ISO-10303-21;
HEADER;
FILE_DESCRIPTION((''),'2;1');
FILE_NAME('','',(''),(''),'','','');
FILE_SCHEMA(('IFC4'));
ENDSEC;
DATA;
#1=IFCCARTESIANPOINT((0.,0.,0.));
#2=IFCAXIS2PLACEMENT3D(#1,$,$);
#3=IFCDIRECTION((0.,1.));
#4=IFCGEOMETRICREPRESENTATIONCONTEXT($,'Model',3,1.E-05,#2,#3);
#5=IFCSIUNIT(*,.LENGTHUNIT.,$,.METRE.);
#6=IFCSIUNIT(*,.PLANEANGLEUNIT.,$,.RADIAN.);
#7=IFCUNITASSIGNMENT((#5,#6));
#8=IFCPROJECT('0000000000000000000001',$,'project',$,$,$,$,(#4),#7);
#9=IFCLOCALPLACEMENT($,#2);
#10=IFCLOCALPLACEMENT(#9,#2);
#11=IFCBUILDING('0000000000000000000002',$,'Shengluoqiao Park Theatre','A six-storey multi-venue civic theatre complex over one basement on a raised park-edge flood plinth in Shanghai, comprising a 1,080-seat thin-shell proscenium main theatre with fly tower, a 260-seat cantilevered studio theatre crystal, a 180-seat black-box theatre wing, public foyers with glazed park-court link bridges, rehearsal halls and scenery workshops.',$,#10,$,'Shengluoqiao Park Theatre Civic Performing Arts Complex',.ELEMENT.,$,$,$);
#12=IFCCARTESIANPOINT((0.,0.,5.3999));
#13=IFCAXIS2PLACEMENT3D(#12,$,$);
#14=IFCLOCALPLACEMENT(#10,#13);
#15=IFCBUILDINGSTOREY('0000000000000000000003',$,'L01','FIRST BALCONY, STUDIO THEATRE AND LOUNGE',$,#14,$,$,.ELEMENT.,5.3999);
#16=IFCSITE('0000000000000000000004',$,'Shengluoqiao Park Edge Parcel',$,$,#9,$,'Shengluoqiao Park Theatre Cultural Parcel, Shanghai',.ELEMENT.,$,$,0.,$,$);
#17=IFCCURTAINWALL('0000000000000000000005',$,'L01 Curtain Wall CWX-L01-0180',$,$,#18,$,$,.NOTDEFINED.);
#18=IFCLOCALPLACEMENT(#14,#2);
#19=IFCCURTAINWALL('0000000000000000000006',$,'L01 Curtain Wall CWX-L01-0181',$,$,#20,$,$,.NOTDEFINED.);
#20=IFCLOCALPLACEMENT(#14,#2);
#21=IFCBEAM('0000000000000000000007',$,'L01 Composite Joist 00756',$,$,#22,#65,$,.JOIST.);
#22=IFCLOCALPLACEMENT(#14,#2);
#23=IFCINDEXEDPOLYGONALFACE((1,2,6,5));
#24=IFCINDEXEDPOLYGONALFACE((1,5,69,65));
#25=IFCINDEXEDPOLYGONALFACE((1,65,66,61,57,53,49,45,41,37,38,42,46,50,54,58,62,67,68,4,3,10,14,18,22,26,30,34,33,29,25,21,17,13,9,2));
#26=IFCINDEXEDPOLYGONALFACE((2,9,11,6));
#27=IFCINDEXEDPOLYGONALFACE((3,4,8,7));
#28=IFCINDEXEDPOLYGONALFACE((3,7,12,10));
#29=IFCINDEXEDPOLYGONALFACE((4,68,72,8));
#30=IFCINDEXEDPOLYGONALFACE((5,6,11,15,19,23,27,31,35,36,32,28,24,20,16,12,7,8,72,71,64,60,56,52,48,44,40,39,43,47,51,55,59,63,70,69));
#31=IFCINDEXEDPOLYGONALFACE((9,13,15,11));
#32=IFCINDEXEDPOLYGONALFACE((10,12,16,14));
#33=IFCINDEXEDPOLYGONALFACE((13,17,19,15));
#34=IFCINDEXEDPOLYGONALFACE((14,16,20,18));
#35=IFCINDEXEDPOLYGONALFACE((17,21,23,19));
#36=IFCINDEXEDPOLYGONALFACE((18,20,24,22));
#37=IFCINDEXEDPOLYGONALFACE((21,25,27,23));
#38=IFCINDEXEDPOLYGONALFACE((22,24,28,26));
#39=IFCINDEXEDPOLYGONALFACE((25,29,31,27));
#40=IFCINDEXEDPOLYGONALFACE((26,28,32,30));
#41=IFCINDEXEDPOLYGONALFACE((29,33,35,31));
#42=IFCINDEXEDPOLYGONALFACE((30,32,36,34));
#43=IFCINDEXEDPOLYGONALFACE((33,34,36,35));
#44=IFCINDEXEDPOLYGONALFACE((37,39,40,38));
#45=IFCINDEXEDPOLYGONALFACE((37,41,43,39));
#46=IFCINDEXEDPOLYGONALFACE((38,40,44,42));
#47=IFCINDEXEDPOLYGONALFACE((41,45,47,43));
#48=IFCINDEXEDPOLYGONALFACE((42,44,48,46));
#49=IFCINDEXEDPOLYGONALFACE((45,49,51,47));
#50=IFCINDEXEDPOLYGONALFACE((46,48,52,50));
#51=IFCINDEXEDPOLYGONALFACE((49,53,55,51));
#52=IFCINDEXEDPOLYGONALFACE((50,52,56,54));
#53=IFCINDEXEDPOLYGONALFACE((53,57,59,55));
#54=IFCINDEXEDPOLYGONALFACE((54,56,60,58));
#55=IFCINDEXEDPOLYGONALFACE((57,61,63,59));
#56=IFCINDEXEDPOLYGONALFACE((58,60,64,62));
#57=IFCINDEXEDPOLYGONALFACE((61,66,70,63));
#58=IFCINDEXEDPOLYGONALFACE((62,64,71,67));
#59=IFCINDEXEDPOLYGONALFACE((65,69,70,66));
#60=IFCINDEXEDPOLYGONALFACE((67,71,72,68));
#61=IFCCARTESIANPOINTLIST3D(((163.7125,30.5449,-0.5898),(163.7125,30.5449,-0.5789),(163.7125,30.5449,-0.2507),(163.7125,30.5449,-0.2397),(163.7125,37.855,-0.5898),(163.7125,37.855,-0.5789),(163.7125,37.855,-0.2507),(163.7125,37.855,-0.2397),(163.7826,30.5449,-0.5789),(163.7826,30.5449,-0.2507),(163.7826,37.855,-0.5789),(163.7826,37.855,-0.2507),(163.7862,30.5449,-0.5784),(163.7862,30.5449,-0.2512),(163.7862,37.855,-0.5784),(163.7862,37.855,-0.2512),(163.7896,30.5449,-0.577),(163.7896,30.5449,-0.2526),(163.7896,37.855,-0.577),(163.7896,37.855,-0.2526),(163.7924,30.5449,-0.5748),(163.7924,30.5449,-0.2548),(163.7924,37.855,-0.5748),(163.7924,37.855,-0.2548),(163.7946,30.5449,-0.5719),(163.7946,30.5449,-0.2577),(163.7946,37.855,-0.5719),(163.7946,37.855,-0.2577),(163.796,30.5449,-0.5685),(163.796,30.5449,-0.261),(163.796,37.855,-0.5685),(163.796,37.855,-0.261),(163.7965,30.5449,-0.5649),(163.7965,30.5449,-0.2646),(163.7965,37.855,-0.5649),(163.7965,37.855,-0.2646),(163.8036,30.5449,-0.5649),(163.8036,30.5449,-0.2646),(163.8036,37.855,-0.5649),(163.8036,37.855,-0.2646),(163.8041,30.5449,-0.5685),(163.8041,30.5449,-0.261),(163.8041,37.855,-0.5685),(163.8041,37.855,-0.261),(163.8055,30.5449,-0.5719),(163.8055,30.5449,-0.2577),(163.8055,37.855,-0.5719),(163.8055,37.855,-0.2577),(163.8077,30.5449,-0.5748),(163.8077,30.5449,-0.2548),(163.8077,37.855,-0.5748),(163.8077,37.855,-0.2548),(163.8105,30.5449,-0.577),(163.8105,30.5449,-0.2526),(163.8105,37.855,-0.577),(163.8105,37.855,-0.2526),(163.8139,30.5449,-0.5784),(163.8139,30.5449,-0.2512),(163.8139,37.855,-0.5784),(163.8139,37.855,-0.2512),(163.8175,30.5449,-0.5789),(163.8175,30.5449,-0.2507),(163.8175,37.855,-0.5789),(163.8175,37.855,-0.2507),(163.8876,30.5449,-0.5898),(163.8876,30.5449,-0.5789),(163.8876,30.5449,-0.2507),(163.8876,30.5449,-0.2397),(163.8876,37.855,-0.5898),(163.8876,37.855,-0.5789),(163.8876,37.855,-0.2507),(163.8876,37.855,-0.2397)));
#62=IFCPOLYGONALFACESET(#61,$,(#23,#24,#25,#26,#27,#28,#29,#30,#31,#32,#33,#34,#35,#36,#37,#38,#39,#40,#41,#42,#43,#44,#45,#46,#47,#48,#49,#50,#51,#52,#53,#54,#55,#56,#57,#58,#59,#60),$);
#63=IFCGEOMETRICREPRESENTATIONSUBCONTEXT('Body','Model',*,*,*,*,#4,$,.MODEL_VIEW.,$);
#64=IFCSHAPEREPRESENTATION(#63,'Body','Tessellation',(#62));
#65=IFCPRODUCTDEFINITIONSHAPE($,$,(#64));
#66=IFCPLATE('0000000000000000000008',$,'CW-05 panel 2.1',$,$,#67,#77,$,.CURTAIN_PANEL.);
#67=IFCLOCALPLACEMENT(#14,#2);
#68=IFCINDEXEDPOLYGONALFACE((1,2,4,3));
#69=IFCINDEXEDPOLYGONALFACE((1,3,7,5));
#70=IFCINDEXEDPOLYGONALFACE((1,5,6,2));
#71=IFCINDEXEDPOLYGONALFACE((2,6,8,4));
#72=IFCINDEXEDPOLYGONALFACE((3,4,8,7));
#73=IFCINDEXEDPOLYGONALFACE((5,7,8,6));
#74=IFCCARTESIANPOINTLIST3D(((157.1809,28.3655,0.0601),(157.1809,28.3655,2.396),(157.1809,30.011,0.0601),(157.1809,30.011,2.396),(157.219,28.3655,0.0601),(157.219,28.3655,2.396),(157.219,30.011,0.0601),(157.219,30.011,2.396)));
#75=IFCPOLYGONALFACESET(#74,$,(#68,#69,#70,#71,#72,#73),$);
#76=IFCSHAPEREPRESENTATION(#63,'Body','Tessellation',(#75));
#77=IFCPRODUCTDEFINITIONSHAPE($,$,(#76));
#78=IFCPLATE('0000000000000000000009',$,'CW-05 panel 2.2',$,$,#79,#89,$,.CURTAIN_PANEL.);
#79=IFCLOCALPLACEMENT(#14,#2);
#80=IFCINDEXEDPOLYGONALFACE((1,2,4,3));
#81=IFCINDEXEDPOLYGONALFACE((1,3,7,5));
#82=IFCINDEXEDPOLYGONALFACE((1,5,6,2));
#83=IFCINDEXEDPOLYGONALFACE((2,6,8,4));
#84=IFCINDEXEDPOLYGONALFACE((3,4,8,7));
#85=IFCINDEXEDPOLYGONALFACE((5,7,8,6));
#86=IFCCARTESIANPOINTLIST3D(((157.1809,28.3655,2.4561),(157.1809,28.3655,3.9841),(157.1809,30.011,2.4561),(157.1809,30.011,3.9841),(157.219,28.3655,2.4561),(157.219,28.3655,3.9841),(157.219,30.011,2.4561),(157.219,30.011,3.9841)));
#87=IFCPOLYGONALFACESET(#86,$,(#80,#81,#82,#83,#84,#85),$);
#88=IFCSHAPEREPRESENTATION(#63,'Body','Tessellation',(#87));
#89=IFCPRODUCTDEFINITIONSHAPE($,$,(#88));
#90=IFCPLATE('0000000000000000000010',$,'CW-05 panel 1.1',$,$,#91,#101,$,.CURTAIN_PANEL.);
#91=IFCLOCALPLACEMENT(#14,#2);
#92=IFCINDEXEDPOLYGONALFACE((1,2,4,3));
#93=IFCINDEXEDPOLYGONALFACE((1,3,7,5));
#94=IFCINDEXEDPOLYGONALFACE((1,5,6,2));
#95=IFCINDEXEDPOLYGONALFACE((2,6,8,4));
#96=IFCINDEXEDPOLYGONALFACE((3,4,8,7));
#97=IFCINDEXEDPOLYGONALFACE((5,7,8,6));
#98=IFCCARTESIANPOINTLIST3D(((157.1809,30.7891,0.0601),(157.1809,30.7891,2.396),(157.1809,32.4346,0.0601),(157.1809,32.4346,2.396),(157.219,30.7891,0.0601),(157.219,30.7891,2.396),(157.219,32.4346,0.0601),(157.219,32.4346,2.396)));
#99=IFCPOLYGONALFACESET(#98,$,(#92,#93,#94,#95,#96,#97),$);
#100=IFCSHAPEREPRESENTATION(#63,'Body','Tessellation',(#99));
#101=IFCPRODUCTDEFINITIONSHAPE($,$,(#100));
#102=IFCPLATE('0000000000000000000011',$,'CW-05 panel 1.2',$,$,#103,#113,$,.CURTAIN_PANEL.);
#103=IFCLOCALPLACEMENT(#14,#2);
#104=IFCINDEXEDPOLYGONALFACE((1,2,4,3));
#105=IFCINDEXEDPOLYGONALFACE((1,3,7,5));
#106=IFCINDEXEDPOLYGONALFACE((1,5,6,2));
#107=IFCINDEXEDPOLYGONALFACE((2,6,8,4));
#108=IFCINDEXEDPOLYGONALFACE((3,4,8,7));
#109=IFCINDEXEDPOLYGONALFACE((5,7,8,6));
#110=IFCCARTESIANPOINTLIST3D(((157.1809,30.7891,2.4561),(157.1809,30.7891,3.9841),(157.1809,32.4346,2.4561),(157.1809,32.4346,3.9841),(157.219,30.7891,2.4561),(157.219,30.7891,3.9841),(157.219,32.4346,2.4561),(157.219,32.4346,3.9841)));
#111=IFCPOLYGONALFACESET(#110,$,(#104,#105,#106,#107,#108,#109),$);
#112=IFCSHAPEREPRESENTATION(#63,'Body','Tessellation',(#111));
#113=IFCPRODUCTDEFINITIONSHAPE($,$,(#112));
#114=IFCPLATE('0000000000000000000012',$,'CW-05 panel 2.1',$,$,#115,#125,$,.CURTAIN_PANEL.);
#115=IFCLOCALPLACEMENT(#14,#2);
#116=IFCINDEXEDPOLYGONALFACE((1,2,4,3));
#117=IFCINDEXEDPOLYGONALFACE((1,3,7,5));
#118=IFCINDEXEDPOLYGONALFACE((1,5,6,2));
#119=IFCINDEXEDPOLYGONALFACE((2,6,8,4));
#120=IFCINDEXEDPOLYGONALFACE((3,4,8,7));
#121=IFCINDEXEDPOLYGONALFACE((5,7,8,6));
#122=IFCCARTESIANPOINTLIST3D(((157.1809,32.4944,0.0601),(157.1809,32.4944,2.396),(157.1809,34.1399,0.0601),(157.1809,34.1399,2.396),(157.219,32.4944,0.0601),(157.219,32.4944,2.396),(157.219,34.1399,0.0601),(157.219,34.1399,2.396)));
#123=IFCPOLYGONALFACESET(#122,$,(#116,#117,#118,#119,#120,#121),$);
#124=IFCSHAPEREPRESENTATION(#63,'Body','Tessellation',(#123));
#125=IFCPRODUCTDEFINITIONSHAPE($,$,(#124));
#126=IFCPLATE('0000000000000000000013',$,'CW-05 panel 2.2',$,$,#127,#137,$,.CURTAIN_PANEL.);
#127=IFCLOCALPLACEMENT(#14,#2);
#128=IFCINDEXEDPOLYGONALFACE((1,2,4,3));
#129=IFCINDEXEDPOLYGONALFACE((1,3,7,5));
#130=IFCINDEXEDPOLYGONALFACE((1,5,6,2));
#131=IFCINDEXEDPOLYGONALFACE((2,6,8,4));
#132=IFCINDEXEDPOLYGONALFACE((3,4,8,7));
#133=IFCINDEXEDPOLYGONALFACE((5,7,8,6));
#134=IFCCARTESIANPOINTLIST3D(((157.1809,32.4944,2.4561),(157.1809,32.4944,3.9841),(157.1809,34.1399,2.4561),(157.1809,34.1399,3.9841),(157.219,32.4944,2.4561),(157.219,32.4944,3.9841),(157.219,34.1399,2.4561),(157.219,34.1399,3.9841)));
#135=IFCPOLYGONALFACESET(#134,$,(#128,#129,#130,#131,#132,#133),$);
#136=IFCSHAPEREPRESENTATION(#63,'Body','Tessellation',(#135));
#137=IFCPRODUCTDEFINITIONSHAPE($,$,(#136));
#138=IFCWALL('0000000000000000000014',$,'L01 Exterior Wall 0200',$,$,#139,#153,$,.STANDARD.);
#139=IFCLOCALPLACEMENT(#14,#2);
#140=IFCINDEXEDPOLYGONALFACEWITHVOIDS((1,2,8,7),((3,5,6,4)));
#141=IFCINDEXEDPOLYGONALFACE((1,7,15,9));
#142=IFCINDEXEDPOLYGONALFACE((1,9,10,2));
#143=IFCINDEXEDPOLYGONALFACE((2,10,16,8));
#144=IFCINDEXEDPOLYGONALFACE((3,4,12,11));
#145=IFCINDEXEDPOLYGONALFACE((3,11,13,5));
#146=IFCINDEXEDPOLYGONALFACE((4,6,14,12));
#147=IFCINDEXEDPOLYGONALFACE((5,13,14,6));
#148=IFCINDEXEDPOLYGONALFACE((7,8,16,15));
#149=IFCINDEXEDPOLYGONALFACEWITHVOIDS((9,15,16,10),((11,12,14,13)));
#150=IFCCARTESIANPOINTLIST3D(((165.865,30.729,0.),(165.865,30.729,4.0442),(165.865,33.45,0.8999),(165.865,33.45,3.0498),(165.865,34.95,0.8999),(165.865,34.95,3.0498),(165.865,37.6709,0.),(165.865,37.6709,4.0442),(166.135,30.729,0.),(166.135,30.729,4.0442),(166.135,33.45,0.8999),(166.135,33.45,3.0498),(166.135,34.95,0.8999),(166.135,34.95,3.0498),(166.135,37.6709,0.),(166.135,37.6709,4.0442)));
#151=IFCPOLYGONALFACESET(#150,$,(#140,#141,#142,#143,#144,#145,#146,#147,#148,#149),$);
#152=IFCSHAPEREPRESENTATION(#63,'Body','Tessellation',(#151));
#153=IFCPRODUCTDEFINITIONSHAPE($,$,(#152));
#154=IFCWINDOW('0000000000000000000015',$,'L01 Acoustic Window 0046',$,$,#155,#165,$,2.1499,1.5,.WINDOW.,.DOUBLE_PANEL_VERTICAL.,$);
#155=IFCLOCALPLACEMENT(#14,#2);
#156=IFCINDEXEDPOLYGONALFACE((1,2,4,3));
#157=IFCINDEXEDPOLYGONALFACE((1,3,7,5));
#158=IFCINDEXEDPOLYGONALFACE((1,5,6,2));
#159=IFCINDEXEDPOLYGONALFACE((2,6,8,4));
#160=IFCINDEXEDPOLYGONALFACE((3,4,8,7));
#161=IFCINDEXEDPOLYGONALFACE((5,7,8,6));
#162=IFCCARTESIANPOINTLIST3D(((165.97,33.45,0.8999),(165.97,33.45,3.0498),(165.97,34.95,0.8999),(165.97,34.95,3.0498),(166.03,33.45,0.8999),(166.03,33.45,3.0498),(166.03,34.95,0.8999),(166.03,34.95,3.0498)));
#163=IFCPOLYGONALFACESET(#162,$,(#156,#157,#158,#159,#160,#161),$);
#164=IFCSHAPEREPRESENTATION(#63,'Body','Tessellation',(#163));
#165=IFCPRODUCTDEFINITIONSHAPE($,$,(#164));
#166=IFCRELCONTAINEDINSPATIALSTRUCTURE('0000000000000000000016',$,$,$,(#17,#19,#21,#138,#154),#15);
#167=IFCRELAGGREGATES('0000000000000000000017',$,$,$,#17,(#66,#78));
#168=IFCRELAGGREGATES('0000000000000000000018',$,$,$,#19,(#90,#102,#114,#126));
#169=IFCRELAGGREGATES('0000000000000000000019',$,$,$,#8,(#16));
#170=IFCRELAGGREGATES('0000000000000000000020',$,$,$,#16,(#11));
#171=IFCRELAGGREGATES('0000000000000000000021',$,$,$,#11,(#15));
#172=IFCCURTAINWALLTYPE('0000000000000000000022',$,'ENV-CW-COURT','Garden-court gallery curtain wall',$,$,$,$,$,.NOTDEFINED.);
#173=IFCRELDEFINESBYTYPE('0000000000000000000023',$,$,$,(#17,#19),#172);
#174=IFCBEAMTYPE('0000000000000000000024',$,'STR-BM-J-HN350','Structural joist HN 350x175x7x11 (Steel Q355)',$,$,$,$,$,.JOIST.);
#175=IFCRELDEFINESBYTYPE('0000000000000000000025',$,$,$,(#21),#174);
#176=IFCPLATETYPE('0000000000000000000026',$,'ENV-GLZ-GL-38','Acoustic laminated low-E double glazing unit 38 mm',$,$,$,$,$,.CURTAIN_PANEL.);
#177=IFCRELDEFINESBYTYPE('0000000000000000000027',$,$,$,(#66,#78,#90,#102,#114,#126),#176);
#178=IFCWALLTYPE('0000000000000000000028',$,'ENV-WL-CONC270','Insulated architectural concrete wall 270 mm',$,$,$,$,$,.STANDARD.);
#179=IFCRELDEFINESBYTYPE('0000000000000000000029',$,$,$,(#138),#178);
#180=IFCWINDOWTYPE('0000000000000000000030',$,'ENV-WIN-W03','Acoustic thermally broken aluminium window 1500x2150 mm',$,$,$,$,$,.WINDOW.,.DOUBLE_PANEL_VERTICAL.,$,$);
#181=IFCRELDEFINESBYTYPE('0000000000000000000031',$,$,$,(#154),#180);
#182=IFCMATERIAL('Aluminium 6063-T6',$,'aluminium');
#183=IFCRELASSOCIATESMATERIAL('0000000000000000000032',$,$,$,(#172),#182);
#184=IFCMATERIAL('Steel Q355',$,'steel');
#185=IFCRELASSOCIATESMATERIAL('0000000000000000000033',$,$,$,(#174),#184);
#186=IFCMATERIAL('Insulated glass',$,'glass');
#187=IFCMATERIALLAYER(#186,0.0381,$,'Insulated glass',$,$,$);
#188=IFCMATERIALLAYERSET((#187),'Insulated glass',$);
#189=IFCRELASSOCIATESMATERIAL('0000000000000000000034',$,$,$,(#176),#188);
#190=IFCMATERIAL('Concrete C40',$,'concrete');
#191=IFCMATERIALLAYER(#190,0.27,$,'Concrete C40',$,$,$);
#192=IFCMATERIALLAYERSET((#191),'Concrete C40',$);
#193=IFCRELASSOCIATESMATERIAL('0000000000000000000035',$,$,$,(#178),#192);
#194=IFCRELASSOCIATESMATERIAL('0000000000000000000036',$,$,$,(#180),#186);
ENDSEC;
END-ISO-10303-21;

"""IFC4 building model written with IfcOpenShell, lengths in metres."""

from ifc_helpers import new_model, si_unit, direction, frame, frame_2d, origin, origin_2d, place, context, subcontext, project, spatial, rectangle, i_section, extrude, material, layer, layer_set, material_profile, profile_set, type_object, element, fill, aggregate, save


model = new_model("IFC4")

# Units and contexts
model_context = context("Model", 3, precision=1e-05, world=origin(), true_north=direction((0.0, 1.0)))
body_context = subcontext(model_context, "Body", "Model", "MODEL_VIEW")
ifc_project = project(units=[si_unit("LENGTHUNIT", "METRE"), si_unit("PLANEANGLEUNIT", "RADIAN")], contexts=[model_context])

# Site, building, storey
site_placement = place(None, origin())
site = spatial("IfcSite", under=ifc_project, at=site_placement, Name="Shengluoqiao Park Edge Parcel", LongName="Shengluoqiao Park Theatre Cultural Parcel, Shanghai", CompositionType="ELEMENT", RefElevation=0.0)
building_placement = place(site_placement, origin())
building = spatial("IfcBuilding", under=site, at=building_placement, Name="Shengluoqiao Park Theatre", Description="A six-storey multi-venue civic theatre complex over one basement on a raised park-edge flood plinth in Shanghai, comprising a 1,080-seat thin-shell proscenium main theatre with fly tower, a 260-seat cantilevered studio theatre crystal, a 180-seat black-box theatre wing, public foyers with glazed park-court link bridges, rehearsal halls and scenery workshops.", LongName="Shengluoqiao Park Theatre Civic Performing Arts Complex", CompositionType="ELEMENT")
storey_placement = place(building_placement, frame((0.0, 0.0, 5.3999)))
storey = spatial("IfcBuildingStorey", under=building, at=storey_placement, Name="L01", Description="FIRST BALCONY, STUDIO THEATRE AND LOUNGE", CompositionType="ELEMENT", Elevation=5.3999)

# Shared definitions
ifc_material_1 = material(Name="Concrete C40", Category="concrete")

# Curtain wall
ifc_material_2 = material(Name="Aluminium 6063-T6", Category="aluminium")
curtain_wall_type = type_object("IfcCurtainWallType", Name="ENV-CW-COURT", Description="Garden-court gallery curtain wall", PredefinedType="NOTDEFINED", material=ifc_material_2)
curtain_wall_1_placement = place(storey_placement, origin())
curtain_wall_1 = element("IfcCurtainWall", 1, at=curtain_wall_1_placement, inside=storey, type_object=curtain_wall_type, Name="L01 Curtain Wall CWX-L01-0180", PredefinedType="NOTDEFINED")

# Curtain wall
curtain_wall_2_placement = place(storey_placement, origin())
curtain_wall_2 = element("IfcCurtainWall", 2, at=curtain_wall_2_placement, inside=storey, type_object=curtain_wall_type, Name="L01 Curtain Wall CWX-L01-0181", PredefinedType="NOTDEFINED")

# Beam
ifc_material_3 = material(Name="Steel Q355", Category="steel")
ifc_material_profile_1 = material_profile(ifc_material_3, i_section(OverallWidth=0.175, OverallDepth=0.3501, WebThickness=0.0071, FlangeThickness=0.011, FilletRadius=0.0139, at=origin_2d()), Name="HN 350x175x7x11")
ifc_profile_set_1 = profile_set([ifc_material_profile_1], Name="Steel Q355")
beam_type_1 = type_object("IfcBeamType", Name="STR-BM-J-HN350", Description="Structural joist HN 350x175x7x11 (Steel Q355)", PredefinedType="JOIST", material=ifc_profile_set_1)
for number, where, z_axis, x_axis, name in (
    (3, (163.8, 30.5449, -0.4148), (0.0, 1.0, 0.0), (-1.0, 0.0, 0.0), "L01 Composite Joist 00756"),
):
    element("IfcBeam", number, at=place(storey_placement, frame(where, z_axis=z_axis, x_axis=x_axis)), inside=storey, type_object=beam_type_1, Name=name, PredefinedType="JOIST", context=body_context, shape_type="SweptSolid", body=[
        extrude(i_section(OverallWidth=0.175, OverallDepth=0.3501, WebThickness=0.0071, FlangeThickness=0.011, FilletRadius=0.0139, at=origin_2d()), origin(), (0.0, 0.0, 1.0), 7.3101),
    ])

# Plates
ifc_material_4 = material(Name="Insulated glass", Category="glass")
ifc_layer_1 = layer(ifc_material_4, 0.0381, Name="Insulated glass")
ifc_layer_set_1 = layer_set([ifc_layer_1], Name="Insulated glass")
plate_type = type_object("IfcPlateType", Name="ENV-GLZ-GL-38", Description="Acoustic laminated low-E double glazing unit 38 mm", PredefinedType="CURTAIN_PANEL", material=ifc_layer_set_1)
plate_1_placement = place(storey_placement, frame((157.2, 29.1882, 0.0601), z_axis=(0.0, 0.0, 1.0), x_axis=(0.0, 1.0, 0.0)))
plate_1 = element("IfcPlate", 4, at=plate_1_placement, type_object=plate_type, Name="CW-05 panel 2.1", PredefinedType="CURTAIN_PANEL", context=body_context, shape_type="SweptSolid", body=[
    extrude(rectangle(XDim=1.6455, YDim=0.0381, at=origin_2d()), origin(), (0.0, 0.0, 1.0), 2.3359),
])
plate_2_placement = place(storey_placement, frame((157.2, 29.1882, 2.4561), z_axis=(0.0, 0.0, 1.0), x_axis=(0.0, 1.0, 0.0)))
plate_2 = element("IfcPlate", 5, at=plate_2_placement, type_object=plate_type, Name="CW-05 panel 2.2", PredefinedType="CURTAIN_PANEL", context=body_context, shape_type="SweptSolid", body=[
    extrude(rectangle(XDim=1.6455, YDim=0.0381, at=origin_2d()), origin(), (0.0, 0.0, 1.0), 1.5281),
])
aggregate(curtain_wall_1, [plate_1, plate_2])
plate_3_placement = place(storey_placement, frame((157.2, 31.6118, 0.0601), z_axis=(0.0, 0.0, 1.0), x_axis=(0.0, 1.0, 0.0)))
plate_3 = element("IfcPlate", 6, at=plate_3_placement, type_object=plate_type, Name="CW-05 panel 1.1", PredefinedType="CURTAIN_PANEL", context=body_context, shape_type="SweptSolid", body=[
    extrude(rectangle(XDim=1.6455, YDim=0.0381, at=origin_2d()), origin(), (0.0, 0.0, 1.0), 2.3359),
])
plate_4_placement = place(storey_placement, frame((157.2, 31.6118, 2.4561), z_axis=(0.0, 0.0, 1.0), x_axis=(0.0, 1.0, 0.0)))
plate_4 = element("IfcPlate", 7, at=plate_4_placement, type_object=plate_type, Name="CW-05 panel 1.2", PredefinedType="CURTAIN_PANEL", context=body_context, shape_type="SweptSolid", body=[
    extrude(rectangle(XDim=1.6455, YDim=0.0381, at=origin_2d()), origin(), (0.0, 0.0, 1.0), 1.5281),
])
plate_5_placement = place(storey_placement, frame((157.2, 33.3171, 0.0601), z_axis=(0.0, 0.0, 1.0), x_axis=(0.0, 1.0, 0.0)))
plate_5 = element("IfcPlate", 8, at=plate_5_placement, type_object=plate_type, Name="CW-05 panel 2.1", PredefinedType="CURTAIN_PANEL", context=body_context, shape_type="SweptSolid", body=[
    extrude(rectangle(XDim=1.6455, YDim=0.0381, at=origin_2d()), origin(), (0.0, 0.0, 1.0), 2.3359),
])
plate_6_placement = place(storey_placement, frame((157.2, 33.3171, 2.4561), z_axis=(0.0, 0.0, 1.0), x_axis=(0.0, 1.0, 0.0)))
plate_6 = element("IfcPlate", 9, at=plate_6_placement, type_object=plate_type, Name="CW-05 panel 2.2", PredefinedType="CURTAIN_PANEL", context=body_context, shape_type="SweptSolid", body=[
    extrude(rectangle(XDim=1.6455, YDim=0.0381, at=origin_2d()), origin(), (0.0, 0.0, 1.0), 1.5281),
])
aggregate(curtain_wall_2, [plate_3, plate_4, plate_5, plate_6])

# Wall, opening, window
ifc_layer_2 = layer(ifc_material_1, 0.27, Name="Concrete C40")
ifc_layer_set_2 = layer_set([ifc_layer_2], Name="Concrete C40")
wall_type = type_object("IfcWallType", Name="ENV-WL-CONC270", Description="Insulated architectural concrete wall 270 mm", PredefinedType="STANDARD", material=ifc_layer_set_2)
wall_placement = place(storey_placement, frame((166.0, 30.729, 0.0), z_axis=(0.0, 0.0, 1.0), x_axis=(0.0, 1.0, 0.0)))
wall = element("IfcWall", 10, at=wall_placement, inside=storey, type_object=wall_type, Name="L01 Exterior Wall 0200", PredefinedType="STANDARD", context=body_context, shape_type="SweptSolid", body=[
    extrude(rectangle(XDim=6.9419, YDim=0.27, at=frame_2d((3.4709, 0.0))), origin(), (0.0, 0.0, 1.0), 4.0442),
])
opening_placement = place(wall_placement, frame((2.7209, 0.0, 0.8999)))
opening = element("IfcOpeningElement", 11, at=opening_placement, cuts=wall, PredefinedType="OPENING", context=body_context, shape_type="SweptSolid", body=[
    extrude(rectangle(XDim=1.5, YDim=2.1499, at=frame_2d((0.75, 1.075))), frame((0.0, 0.145, 0.0), z_axis=(0.0, -1.0, 0.0), x_axis=(1.0, 0.0, 0.0)), (0.0, 0.0, 1.0), 0.29),
])
window_type = type_object("IfcWindowType", Name="ENV-WIN-W03", Description="Acoustic thermally broken aluminium window 1500x2150 mm", PartitioningType="DOUBLE_PANEL_VERTICAL", PredefinedType="WINDOW", material=ifc_material_4)
window_placement = place(opening_placement, origin())
window = element("IfcWindow", 12, at=window_placement, inside=storey, type_object=window_type, Name="L01 Acoustic Window 0046", OverallHeight=2.1499, OverallWidth=1.5, PartitioningType="DOUBLE_PANEL_VERTICAL", PredefinedType="WINDOW", context=body_context, shape_type="SweptSolid", body=[
    extrude(rectangle(XDim=1.5, YDim=2.1499, at=frame_2d((0.75, 1.075))), frame((0.0, 0.03, 0.0), z_axis=(0.0, -1.0, 0.0), x_axis=(1.0, 0.0, 0.0)), (0.0, 0.0, 1.0), 0.0601),
])
fill(opening, window)

save(model, "model.ifc")
